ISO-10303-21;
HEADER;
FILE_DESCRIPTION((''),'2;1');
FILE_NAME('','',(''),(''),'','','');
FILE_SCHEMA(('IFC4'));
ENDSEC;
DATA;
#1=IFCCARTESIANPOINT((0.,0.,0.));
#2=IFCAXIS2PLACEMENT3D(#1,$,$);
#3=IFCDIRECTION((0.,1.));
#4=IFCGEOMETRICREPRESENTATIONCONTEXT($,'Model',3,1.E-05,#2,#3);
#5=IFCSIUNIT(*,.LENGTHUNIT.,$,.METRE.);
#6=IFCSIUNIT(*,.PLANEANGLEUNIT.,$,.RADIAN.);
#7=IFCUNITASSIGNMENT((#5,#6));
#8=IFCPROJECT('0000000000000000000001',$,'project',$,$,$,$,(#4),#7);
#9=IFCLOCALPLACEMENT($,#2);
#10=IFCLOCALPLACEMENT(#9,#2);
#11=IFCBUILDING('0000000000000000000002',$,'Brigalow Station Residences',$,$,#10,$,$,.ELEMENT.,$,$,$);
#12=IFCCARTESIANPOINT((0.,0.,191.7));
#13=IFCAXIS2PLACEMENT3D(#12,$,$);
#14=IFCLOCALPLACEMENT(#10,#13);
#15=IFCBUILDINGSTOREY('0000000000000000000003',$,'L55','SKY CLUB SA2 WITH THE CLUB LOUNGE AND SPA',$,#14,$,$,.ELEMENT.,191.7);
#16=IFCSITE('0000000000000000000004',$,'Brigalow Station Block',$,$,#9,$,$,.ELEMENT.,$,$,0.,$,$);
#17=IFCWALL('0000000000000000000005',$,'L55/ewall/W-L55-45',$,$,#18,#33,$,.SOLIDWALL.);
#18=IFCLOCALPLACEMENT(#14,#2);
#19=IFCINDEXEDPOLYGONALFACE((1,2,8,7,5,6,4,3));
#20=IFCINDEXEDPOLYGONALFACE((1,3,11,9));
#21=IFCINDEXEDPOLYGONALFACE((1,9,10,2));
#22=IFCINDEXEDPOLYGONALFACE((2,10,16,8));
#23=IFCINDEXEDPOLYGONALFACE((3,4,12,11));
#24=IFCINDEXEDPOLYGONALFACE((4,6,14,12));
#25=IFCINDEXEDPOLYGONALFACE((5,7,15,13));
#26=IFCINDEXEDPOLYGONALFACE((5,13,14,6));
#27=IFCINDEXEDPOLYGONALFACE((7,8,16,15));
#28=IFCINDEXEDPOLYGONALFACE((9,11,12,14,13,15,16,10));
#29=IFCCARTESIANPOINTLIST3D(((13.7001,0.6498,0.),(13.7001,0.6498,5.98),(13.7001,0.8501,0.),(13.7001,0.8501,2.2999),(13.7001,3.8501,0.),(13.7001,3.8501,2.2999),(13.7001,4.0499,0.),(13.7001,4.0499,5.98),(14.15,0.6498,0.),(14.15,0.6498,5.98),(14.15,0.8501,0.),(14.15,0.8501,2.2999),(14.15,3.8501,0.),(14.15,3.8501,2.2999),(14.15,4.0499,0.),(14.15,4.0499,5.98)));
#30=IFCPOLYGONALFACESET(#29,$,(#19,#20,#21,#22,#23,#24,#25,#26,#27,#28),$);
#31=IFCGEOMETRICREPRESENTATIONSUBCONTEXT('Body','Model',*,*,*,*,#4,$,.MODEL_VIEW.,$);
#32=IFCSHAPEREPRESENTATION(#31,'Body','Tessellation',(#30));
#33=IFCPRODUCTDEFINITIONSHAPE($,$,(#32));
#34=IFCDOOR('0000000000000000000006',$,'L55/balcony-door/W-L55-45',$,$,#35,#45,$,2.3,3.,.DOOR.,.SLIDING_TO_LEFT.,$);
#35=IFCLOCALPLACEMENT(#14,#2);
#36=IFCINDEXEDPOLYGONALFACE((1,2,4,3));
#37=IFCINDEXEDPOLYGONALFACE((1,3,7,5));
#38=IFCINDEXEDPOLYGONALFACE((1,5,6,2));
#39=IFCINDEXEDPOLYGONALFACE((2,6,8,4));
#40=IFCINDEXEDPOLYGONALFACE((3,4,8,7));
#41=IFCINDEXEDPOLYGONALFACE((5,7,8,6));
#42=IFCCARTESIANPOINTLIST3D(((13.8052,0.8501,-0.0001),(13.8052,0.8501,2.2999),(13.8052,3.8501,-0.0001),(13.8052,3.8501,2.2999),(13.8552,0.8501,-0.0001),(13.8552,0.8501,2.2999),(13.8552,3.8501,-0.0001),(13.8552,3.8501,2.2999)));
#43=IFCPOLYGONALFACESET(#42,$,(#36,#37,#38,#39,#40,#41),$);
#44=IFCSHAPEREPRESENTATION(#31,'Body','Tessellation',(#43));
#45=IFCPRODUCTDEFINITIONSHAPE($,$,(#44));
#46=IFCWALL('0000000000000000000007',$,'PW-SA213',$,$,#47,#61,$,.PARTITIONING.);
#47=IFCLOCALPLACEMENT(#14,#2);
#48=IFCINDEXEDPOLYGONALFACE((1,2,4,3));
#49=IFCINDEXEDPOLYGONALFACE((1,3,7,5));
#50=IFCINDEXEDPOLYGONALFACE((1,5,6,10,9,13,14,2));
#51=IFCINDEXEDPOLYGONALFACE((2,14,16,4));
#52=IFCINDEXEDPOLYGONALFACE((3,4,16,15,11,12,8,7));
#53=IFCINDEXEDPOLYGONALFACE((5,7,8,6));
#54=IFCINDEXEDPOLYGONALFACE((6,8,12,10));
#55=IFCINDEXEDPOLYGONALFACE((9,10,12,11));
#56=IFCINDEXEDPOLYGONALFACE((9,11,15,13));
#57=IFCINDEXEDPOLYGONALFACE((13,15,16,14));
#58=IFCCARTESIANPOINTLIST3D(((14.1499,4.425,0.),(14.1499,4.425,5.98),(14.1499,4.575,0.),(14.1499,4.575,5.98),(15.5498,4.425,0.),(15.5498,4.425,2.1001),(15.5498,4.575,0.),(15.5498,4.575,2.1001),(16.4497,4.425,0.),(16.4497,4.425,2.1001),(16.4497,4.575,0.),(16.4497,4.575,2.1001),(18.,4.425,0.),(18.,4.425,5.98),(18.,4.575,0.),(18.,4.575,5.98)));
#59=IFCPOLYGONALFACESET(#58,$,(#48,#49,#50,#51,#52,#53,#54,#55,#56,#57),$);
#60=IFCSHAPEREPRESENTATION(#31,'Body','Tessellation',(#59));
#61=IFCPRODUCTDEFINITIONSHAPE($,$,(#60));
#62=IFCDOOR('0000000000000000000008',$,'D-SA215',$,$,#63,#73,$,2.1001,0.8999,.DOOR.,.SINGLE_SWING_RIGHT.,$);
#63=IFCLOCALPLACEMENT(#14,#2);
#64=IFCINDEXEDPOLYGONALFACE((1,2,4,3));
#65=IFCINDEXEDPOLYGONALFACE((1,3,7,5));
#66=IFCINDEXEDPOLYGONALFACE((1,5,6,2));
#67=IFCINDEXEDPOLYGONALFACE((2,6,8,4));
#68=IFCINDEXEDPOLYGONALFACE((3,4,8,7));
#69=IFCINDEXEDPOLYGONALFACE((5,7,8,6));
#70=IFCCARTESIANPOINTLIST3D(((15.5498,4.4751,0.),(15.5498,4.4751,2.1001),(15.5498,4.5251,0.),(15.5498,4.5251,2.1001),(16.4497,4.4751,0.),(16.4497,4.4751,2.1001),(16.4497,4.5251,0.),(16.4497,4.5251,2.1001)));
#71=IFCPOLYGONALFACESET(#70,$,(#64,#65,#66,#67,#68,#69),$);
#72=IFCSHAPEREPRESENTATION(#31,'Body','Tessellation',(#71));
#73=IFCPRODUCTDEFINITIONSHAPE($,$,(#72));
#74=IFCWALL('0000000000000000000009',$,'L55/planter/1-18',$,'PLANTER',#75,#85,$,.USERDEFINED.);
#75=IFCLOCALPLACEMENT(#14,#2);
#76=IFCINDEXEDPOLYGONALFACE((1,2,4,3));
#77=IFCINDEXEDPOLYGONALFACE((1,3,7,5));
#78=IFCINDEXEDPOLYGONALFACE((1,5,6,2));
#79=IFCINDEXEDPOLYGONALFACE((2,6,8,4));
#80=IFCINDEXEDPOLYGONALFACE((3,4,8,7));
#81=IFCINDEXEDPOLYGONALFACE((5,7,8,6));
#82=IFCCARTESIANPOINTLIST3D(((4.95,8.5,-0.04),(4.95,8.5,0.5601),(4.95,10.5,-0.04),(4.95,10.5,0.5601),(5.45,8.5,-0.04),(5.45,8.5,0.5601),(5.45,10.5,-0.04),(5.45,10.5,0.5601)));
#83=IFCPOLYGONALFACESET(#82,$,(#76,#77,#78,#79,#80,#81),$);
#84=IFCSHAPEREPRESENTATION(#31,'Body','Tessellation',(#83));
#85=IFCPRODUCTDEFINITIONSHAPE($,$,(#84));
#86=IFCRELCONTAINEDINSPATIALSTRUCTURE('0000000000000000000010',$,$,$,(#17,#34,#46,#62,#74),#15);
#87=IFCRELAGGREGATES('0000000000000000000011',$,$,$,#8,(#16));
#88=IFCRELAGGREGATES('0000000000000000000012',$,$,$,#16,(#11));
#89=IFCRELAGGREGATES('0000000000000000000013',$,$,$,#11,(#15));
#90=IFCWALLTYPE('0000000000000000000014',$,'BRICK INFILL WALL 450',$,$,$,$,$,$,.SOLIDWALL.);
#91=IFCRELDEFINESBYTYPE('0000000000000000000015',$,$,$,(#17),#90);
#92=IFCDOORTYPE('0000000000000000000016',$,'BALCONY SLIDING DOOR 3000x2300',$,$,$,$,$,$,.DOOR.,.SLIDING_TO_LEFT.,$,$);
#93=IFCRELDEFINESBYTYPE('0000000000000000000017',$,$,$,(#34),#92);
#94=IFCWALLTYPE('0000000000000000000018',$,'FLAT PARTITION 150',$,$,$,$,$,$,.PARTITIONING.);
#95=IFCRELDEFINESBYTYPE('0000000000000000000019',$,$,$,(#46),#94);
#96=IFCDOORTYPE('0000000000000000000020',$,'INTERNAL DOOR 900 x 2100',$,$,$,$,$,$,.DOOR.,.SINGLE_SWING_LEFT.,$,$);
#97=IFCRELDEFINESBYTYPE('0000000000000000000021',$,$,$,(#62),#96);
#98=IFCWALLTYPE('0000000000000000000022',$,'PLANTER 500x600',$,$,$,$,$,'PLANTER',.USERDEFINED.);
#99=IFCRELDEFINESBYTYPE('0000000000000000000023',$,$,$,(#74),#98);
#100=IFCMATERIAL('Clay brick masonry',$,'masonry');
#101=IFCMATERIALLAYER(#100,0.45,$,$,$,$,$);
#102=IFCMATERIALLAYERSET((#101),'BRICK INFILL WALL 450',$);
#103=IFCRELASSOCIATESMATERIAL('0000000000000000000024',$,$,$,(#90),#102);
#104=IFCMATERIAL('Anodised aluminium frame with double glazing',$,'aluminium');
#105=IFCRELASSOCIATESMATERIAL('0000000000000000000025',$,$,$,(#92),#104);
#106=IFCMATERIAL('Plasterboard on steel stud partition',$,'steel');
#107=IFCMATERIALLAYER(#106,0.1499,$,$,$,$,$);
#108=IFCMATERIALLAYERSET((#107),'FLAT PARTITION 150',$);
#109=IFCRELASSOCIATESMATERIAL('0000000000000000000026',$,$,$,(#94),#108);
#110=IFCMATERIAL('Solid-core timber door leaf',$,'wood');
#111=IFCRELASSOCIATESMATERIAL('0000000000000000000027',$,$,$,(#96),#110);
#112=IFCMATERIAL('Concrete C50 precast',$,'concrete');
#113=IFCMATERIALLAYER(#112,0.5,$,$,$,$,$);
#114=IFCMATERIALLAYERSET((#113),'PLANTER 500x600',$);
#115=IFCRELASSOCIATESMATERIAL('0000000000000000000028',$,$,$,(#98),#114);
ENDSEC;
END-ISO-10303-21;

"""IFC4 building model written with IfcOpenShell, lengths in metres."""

from ifc_helpers import new_model, si_unit, direction, frame, frame_2d, origin, place, context, subcontext, project, spatial, rectangle, extrude, material, layer, layer_set, type_object, element, fill, save


model = new_model("IFC4")

# Units and contexts
model_context = context("Model", 3, precision=1e-05, world=origin(), true_north=direction((0.0, 1.0)))
body_context = subcontext(model_context, "Body", "Model", "MODEL_VIEW")
ifc_project = project(units=[si_unit("LENGTHUNIT", "METRE"), si_unit("PLANEANGLEUNIT", "RADIAN")], contexts=[model_context])

# Site, building, storey
site_placement = place(None, origin())
site = spatial("IfcSite", under=ifc_project, at=site_placement, Name="Brigalow Station Block", CompositionType="ELEMENT", RefElevation=0.0)
building_placement = place(site_placement, origin())
building = spatial("IfcBuilding", under=site, at=building_placement, Name="Brigalow Station Residences", CompositionType="ELEMENT")
storey_placement = place(building_placement, frame((0.0, 0.0, 191.7)))
storey = spatial("IfcBuildingStorey", under=building, at=storey_placement, Name="L55", Description="SKY CLUB SA2 WITH THE CLUB LOUNGE AND SPA", CompositionType="ELEMENT", Elevation=191.7)

# Walls, openings, doors
ifc_material_1 = material(Name="Clay brick masonry", Category="masonry")
ifc_layer_1 = layer(ifc_material_1, 0.45)
ifc_layer_set_1 = layer_set([ifc_layer_1], Name="BRICK INFILL WALL 450")
wall_type_1 = type_object("IfcWallType", Name="BRICK INFILL WALL 450", PredefinedType="SOLIDWALL", material=ifc_layer_set_1)
wall_1_placement = place(storey_placement, frame((13.925, 4.05, 0.0), z_axis=(0.0, 0.0, 1.0), x_axis=(0.0, -1.0, 0.0)))
wall_1 = element("IfcWall", 1, at=wall_1_placement, inside=storey, type_object=wall_type_1, Name="L55/ewall/W-L55-45", PredefinedType="SOLIDWALL", context=body_context, shape_type="SweptSolid", body=[
    extrude(rectangle(XDim=3.4001, YDim=0.45, at=frame_2d((1.7002, 0.0))), origin(), (0.0, 0.0, 1.0), 5.98),
])
opening_1_placement = place(wall_1_placement, frame((0.2, 0.0, 0.0)))
opening_1 = element("IfcOpeningElement", 2, at=opening_1_placement, cuts=wall_1, PredefinedType="OPENING", context=body_context, shape_type="SweptSolid", body=[
    extrude(rectangle(XDim=3.0, YDim=2.3, at=frame_2d((1.5, 1.1499))), frame((0.0, 0.2349, 0.0), z_axis=(0.0, -1.0, 0.0), x_axis=(1.0, 0.0, 0.0)), (0.0, 0.0, 1.0), 0.47),
])
ifc_material_2 = material(Name="Anodised aluminium frame with double glazing", Category="aluminium")
door_type_1 = type_object("IfcDoorType", Name="BALCONY SLIDING DOOR 3000x2300", OperationType="SLIDING_TO_LEFT", PredefinedType="DOOR", material=ifc_material_2)
door_1_placement = place(opening_1_placement, origin())
door_1 = element("IfcDoor", 3, at=door_1_placement, inside=storey, type_object=door_type_1, Name="L55/balcony-door/W-L55-45", OperationType="SLIDING_TO_LEFT", OverallHeight=2.3, OverallWidth=3.0, PredefinedType="DOOR", context=body_context, shape_type="SweptSolid", body=[
    extrude(rectangle(XDim=3.0, YDim=2.3, at=frame_2d((1.5, 1.1499))), frame((0.0, -0.0698, 0.0), z_axis=(0.0, -1.0, 0.0), x_axis=(1.0, 0.0, 0.0)), (0.0, 0.0, 1.0), 0.05),
])
fill(opening_1, door_1)
ifc_material_3 = material(Name="Plasterboard on steel stud partition", Category="steel")
ifc_layer_2 = layer(ifc_material_3, 0.1499)
ifc_layer_set_2 = layer_set([ifc_layer_2], Name="FLAT PARTITION 150")
wall_type_2 = type_object("IfcWallType", Name="FLAT PARTITION 150", PredefinedType="PARTITIONING", material=ifc_layer_set_2)
wall_2_placement = place(storey_placement, frame((14.1499, 4.5, 0.0), z_axis=(0.0, 0.0, 1.0), x_axis=(1.0, 0.0, 0.0)))
wall_2 = element("IfcWall", 4, at=wall_2_placement, inside=storey, type_object=wall_type_2, Name="PW-SA213", PredefinedType="PARTITIONING", context=body_context, shape_type="SweptSolid", body=[
    extrude(rectangle(XDim=3.8501, YDim=0.1499, at=frame_2d((1.925, 0.0))), origin(), (0.0, 0.0, 1.0), 5.98),
])
opening_2_placement = place(wall_2_placement, frame((1.3999, 0.0, 0.0)))
opening_2 = element("IfcOpeningElement", 5, at=opening_2_placement, cuts=wall_2, PredefinedType="OPENING", context=body_context, shape_type="SweptSolid", body=[
    extrude(rectangle(XDim=0.8999, YDim=2.1001, at=frame_2d((0.45, 1.05))), frame((0.0, 0.085, 0.0), z_axis=(0.0, -1.0, 0.0), x_axis=(1.0, 0.0, 0.0)), (0.0, 0.0, 1.0), 0.1699),
])
ifc_material_4 = material(Name="Solid-core timber door leaf", Category="wood")
door_type_2 = type_object("IfcDoorType", Name="INTERNAL DOOR 900 x 2100", OperationType="SINGLE_SWING_LEFT", PredefinedType="DOOR", material=ifc_material_4)
door_2_placement = place(opening_2_placement, frame((0.8999, 0.0, 0.0), z_axis=(0.0, 0.0, 1.0), x_axis=(-1.0, 0.0, 0.0)))
door_2 = element("IfcDoor", 6, at=door_2_placement, inside=storey, type_object=door_type_2, Name="D-SA215", OperationType="SINGLE_SWING_RIGHT", OverallHeight=2.1001, OverallWidth=0.8999, PredefinedType="DOOR", context=body_context, shape_type="SweptSolid", body=[
    extrude(rectangle(XDim=0.8999, YDim=2.1001, at=frame_2d((0.45, 1.05))), frame((0.0, 0.0249, 0.0), z_axis=(0.0, -1.0, 0.0), x_axis=(1.0, 0.0, 0.0)), (0.0, 0.0, 1.0), 0.05),
])
fill(opening_2, door_2)

# Wall
ifc_material_5 = material(Name="Concrete C50 precast", Category="concrete")
ifc_layer_3 = layer(ifc_material_5, 0.5)
ifc_layer_set_3 = layer_set([ifc_layer_3], Name="PLANTER 500x600")
wall_type_3 = type_object("IfcWallType", Name="PLANTER 500x600", ElementType="PLANTER", PredefinedType="USERDEFINED", material=ifc_layer_set_3)
wall_3_placement = place(storey_placement, frame((5.2, 10.5, -0.04), z_axis=(0.0, 0.0, 1.0), x_axis=(0.0, -1.0, 0.0)))
element("IfcWall", 7, at=wall_3_placement, inside=storey, type_object=wall_type_3, Name="L55/planter/1-18", ObjectType="PLANTER", PredefinedType="USERDEFINED", context=body_context, shape_type="SweptSolid", body=[
    extrude(rectangle(XDim=2.0, YDim=0.5, at=frame_2d((1.0, 0.0))), origin(), (0.0, 0.0, 1.0), 0.6001),
])

save(model, "model.ifc")
